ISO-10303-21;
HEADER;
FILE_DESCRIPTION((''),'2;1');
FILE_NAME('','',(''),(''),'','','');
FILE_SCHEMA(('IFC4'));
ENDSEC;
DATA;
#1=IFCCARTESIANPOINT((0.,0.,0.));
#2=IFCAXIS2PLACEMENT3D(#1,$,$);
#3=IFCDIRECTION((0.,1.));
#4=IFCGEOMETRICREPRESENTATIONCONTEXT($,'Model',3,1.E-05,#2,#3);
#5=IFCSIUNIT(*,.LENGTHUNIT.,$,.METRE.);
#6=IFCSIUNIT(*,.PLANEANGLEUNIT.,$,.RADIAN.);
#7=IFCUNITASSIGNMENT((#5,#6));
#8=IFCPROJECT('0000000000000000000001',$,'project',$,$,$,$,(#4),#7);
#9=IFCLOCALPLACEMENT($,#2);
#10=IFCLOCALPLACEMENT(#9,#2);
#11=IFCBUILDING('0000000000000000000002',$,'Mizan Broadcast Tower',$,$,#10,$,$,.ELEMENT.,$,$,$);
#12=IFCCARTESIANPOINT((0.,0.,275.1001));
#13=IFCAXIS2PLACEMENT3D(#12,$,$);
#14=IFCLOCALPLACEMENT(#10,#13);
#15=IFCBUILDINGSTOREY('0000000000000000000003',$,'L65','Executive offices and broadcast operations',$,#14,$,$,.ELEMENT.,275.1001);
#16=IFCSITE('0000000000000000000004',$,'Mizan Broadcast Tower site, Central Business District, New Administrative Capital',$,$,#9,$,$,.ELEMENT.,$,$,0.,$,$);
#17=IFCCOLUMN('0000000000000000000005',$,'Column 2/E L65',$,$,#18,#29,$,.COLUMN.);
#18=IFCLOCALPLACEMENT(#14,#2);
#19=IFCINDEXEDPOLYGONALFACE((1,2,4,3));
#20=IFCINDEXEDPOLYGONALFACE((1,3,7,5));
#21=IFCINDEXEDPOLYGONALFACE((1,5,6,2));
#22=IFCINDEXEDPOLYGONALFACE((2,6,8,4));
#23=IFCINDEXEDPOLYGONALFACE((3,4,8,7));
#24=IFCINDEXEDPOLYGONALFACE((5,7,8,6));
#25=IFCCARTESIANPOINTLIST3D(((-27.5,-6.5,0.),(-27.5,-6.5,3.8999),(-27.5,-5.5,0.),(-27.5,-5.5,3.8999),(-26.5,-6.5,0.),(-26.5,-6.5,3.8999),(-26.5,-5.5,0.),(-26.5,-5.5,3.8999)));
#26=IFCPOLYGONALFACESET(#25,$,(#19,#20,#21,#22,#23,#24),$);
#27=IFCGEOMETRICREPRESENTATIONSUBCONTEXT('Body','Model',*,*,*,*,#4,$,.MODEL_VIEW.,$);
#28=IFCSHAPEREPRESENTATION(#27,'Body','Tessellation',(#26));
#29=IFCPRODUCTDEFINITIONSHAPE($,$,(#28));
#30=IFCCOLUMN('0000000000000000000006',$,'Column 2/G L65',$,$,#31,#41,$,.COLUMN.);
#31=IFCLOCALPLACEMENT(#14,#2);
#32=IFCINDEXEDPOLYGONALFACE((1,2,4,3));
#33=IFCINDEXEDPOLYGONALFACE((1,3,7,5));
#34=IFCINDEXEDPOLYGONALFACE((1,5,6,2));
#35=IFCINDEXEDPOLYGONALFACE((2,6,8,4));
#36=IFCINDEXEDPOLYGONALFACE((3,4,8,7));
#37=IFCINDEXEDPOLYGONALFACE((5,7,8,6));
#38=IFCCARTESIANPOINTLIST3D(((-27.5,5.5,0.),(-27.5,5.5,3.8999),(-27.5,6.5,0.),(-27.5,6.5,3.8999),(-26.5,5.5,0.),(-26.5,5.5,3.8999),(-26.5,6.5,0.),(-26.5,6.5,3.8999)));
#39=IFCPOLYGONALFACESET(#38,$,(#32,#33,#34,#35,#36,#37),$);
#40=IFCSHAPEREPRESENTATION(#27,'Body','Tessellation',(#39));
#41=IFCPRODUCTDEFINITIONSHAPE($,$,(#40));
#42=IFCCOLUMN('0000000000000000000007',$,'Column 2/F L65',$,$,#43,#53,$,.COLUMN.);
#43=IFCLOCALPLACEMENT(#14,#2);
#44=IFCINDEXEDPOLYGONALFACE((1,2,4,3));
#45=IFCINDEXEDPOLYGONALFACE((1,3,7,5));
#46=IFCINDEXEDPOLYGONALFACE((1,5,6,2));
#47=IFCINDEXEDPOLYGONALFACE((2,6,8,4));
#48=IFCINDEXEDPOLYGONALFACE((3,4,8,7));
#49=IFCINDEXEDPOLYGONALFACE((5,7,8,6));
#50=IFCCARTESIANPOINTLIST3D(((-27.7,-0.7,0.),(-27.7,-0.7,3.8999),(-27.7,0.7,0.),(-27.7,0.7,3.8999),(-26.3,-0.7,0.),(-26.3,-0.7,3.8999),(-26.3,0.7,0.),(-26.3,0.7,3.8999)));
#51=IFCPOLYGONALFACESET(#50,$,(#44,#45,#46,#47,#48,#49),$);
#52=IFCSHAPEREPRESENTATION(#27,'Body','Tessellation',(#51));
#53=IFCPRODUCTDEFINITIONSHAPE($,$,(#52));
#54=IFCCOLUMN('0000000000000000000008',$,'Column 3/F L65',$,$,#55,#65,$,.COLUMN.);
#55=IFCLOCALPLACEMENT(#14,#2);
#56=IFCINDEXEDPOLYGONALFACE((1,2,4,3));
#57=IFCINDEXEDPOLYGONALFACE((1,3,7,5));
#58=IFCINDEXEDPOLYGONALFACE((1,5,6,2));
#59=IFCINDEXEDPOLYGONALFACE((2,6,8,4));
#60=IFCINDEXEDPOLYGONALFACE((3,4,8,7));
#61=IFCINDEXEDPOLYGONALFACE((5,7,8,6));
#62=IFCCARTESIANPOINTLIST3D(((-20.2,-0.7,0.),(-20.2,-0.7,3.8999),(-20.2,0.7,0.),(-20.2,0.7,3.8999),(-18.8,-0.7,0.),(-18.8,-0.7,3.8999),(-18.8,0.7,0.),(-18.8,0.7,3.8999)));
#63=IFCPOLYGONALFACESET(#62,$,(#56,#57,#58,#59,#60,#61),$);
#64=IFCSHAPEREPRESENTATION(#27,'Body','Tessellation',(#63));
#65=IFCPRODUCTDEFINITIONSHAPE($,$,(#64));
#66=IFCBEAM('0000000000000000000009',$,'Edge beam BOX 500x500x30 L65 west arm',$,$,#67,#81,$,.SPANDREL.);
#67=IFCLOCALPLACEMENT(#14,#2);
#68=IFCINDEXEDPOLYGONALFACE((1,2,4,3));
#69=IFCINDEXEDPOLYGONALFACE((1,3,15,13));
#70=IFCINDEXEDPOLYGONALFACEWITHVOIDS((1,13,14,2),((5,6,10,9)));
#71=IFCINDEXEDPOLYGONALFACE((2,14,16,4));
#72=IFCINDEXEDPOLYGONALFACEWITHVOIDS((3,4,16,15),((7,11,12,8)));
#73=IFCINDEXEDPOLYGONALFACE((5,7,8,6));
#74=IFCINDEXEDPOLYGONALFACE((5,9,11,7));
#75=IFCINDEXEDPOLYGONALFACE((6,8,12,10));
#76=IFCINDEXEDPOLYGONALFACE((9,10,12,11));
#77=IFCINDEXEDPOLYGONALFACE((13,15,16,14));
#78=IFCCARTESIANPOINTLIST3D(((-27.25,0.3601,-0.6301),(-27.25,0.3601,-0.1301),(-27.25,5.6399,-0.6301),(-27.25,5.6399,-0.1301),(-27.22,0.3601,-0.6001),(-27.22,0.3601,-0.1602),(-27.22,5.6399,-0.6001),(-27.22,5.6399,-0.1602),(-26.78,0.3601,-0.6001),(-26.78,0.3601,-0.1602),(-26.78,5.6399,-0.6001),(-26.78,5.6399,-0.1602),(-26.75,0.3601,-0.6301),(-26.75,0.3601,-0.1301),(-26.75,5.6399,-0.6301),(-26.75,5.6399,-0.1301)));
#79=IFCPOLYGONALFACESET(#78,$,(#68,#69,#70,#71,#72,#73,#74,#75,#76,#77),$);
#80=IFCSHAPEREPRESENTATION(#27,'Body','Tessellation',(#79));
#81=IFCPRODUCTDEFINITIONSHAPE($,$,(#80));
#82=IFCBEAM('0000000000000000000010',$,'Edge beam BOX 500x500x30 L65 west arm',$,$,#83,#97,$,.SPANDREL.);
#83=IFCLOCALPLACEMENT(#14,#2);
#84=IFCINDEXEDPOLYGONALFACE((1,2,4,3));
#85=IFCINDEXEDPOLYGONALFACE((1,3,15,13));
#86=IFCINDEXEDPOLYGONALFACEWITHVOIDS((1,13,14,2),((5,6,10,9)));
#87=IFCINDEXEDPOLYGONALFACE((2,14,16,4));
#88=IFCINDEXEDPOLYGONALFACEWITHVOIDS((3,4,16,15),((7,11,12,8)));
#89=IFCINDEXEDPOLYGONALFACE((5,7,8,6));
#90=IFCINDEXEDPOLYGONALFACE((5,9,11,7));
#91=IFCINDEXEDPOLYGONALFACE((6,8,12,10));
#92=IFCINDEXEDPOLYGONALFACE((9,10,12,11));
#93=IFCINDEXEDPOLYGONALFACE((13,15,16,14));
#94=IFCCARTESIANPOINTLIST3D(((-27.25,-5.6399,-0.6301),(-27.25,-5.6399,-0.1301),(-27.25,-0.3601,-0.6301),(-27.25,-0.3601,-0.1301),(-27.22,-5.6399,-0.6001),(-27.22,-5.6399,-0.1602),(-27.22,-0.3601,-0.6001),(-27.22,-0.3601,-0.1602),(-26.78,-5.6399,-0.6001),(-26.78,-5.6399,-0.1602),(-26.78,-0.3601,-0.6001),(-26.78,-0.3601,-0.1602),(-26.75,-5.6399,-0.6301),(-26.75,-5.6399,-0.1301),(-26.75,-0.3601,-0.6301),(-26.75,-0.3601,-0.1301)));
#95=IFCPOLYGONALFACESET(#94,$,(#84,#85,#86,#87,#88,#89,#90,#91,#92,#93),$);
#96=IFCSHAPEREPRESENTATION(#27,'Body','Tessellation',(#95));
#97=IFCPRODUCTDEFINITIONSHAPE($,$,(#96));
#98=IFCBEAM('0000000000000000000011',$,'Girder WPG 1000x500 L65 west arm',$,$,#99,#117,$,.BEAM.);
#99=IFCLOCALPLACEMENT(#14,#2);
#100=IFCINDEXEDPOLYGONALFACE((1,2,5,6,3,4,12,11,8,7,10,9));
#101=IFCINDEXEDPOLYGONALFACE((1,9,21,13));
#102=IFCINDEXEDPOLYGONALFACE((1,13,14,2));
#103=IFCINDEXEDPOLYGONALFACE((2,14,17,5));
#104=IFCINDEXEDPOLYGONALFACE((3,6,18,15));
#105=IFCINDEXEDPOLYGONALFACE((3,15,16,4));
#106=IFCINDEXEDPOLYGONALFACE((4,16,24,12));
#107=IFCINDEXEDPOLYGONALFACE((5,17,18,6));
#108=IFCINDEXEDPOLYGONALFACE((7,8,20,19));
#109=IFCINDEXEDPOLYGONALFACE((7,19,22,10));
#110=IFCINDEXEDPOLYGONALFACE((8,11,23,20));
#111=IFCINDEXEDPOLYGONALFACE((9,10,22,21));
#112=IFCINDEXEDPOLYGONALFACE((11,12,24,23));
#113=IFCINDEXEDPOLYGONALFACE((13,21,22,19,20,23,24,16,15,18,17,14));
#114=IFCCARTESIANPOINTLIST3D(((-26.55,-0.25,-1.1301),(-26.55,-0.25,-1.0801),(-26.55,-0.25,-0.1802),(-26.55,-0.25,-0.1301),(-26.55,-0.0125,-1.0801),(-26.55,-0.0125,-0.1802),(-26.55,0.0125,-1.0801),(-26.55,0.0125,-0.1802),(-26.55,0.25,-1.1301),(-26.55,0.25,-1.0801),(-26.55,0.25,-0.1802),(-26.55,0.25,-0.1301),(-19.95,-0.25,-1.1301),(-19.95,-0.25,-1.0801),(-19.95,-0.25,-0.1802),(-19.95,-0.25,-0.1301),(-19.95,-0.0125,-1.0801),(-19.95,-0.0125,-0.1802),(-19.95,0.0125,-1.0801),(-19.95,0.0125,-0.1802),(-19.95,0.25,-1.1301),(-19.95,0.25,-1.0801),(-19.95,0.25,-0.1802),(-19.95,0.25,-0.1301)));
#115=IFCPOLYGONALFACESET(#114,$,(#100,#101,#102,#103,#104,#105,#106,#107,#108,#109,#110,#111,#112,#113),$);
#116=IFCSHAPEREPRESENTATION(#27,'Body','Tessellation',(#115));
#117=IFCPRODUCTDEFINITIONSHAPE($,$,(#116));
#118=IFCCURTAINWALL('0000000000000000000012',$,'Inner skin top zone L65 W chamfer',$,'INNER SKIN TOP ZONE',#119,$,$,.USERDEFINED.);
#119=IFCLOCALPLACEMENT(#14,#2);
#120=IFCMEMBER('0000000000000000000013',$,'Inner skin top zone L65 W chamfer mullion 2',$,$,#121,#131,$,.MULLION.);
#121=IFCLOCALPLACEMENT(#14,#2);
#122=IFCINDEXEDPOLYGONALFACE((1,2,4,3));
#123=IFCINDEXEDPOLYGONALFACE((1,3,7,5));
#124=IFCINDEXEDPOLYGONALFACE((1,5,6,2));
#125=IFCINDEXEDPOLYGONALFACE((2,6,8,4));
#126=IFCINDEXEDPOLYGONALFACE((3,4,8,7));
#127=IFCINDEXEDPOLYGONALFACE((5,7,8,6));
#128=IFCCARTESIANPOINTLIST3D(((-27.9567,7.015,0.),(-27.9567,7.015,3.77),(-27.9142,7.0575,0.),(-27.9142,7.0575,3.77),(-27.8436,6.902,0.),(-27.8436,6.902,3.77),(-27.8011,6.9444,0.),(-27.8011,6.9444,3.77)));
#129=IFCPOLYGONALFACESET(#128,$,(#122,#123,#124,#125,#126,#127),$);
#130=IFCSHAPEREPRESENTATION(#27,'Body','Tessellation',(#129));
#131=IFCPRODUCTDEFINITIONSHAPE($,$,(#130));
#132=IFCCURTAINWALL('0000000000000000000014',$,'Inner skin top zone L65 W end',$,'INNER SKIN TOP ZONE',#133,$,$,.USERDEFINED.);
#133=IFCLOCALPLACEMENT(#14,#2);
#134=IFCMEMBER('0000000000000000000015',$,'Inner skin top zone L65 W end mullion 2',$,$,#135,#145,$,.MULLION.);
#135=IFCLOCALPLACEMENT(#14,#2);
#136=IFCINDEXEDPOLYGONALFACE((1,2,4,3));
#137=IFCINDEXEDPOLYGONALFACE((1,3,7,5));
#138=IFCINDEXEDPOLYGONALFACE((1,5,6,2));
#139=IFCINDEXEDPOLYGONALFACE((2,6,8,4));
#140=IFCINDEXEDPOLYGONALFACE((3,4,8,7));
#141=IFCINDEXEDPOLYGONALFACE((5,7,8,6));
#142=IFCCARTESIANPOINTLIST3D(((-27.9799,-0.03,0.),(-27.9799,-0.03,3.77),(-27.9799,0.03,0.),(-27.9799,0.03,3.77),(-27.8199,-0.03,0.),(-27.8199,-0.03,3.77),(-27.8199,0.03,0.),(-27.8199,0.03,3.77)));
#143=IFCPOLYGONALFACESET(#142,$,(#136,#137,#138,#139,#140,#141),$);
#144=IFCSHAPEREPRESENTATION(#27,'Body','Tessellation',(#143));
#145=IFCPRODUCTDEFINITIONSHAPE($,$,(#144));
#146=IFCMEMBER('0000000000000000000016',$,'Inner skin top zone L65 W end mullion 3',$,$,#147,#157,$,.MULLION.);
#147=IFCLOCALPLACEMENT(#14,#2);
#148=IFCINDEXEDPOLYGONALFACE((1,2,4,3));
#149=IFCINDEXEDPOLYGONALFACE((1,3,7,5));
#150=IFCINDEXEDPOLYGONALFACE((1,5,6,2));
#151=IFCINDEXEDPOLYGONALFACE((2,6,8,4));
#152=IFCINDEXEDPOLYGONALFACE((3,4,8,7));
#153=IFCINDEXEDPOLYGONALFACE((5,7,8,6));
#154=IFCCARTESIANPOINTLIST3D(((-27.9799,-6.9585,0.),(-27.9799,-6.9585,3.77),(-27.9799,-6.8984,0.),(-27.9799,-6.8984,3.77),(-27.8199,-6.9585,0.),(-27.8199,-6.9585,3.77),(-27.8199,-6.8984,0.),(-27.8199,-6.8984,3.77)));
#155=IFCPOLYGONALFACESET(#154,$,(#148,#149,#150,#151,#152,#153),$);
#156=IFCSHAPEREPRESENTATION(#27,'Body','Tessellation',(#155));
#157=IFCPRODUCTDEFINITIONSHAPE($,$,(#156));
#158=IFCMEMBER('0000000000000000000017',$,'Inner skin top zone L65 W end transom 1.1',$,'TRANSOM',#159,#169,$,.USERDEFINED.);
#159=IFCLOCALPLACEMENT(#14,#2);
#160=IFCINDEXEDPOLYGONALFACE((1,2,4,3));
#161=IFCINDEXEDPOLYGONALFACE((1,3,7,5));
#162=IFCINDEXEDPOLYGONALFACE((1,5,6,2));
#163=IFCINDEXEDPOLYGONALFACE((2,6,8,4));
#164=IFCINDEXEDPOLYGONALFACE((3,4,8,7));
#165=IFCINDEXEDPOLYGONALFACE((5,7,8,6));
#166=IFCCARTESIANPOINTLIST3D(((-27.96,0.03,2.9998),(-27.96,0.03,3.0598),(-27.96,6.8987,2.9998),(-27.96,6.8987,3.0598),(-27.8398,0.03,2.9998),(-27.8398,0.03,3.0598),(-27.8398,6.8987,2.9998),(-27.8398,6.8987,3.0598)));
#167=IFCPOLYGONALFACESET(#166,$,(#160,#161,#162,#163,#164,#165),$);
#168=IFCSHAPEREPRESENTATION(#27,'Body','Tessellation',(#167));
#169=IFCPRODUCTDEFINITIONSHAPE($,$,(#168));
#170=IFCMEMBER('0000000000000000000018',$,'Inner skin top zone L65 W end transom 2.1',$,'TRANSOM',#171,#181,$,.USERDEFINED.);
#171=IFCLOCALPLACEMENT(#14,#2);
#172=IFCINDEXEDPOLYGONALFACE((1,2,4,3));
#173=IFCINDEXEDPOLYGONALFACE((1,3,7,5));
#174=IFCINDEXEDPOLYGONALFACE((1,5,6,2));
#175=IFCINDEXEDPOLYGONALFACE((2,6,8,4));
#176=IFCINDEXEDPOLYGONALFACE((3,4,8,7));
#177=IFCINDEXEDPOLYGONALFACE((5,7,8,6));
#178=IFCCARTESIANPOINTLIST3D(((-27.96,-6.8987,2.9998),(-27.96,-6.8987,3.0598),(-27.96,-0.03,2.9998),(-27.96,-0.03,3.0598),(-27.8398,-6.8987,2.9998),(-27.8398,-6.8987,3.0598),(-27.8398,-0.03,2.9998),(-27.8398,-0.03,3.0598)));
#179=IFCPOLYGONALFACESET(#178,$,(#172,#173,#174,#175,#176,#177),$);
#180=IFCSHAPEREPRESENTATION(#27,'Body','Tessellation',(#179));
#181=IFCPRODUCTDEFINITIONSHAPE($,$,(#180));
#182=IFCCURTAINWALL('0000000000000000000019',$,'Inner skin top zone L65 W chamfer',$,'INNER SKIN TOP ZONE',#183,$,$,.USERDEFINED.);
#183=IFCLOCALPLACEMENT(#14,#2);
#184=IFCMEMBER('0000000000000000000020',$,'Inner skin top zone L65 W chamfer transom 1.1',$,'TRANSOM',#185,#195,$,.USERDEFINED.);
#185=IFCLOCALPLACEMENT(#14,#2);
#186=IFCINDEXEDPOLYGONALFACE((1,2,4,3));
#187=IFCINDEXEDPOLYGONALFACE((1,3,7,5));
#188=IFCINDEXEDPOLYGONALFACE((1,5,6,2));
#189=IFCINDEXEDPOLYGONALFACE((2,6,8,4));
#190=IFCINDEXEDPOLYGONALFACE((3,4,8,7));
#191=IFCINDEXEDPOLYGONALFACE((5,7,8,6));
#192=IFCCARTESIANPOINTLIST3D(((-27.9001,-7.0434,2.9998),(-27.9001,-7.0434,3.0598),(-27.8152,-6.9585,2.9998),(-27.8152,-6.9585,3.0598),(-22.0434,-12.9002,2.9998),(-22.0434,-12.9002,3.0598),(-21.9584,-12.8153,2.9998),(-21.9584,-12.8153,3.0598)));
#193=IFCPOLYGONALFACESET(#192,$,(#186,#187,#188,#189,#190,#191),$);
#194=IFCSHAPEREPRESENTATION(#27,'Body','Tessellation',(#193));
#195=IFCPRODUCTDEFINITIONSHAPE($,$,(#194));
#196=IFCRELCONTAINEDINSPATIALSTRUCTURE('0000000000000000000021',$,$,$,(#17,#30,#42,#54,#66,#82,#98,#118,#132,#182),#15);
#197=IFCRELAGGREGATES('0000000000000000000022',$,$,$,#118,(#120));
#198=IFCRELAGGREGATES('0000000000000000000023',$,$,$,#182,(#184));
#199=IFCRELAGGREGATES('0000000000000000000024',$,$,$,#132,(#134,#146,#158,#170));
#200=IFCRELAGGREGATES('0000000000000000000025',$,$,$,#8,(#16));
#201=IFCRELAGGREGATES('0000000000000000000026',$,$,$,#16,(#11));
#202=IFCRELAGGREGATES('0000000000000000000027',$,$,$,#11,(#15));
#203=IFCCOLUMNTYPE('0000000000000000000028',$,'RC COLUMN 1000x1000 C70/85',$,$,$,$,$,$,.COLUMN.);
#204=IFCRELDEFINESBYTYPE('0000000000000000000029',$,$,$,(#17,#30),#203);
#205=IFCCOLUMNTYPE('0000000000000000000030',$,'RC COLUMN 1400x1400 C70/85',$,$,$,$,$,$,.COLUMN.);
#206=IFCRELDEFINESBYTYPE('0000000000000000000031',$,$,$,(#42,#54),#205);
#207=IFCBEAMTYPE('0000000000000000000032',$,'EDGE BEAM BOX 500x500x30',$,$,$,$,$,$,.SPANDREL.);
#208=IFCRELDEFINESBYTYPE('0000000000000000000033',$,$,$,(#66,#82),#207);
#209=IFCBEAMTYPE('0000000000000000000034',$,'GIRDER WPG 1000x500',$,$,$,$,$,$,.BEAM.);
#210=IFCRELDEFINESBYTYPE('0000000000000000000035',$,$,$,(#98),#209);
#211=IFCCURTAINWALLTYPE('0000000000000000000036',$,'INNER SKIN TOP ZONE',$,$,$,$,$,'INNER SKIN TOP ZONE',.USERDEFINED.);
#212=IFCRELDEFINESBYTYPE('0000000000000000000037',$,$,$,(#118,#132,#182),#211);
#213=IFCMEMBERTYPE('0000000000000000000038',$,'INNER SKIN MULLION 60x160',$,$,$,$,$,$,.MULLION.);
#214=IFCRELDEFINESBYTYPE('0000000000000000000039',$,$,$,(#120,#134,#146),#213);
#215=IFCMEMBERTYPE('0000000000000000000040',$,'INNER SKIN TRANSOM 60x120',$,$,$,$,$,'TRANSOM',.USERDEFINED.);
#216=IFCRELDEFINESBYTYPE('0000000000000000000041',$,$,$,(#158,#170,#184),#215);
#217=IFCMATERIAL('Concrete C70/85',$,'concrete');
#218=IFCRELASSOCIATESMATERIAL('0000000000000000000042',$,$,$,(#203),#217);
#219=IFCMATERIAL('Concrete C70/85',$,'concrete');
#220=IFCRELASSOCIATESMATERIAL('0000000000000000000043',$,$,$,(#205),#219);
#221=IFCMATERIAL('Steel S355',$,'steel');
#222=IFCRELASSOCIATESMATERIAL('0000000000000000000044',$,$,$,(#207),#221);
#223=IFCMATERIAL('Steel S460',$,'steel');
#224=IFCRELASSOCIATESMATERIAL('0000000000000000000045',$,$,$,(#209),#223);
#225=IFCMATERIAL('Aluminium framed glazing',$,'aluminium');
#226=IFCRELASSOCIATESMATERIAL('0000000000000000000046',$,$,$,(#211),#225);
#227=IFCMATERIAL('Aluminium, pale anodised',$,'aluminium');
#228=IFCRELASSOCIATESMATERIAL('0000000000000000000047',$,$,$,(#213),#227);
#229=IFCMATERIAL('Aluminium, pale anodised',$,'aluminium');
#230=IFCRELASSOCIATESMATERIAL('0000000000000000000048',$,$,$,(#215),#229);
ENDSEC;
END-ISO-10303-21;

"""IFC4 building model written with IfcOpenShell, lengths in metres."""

from ifc_helpers import new_model, si_unit, direction, frame, origin, origin_2d, place, context, subcontext, project, spatial, rectangle, hollow_rectangle, i_section, extrude, material, material_profile, profile_set, type_object, element, aggregate, save


model = new_model("IFC4")

# Units and contexts
model_context = context("Model", 3, precision=1e-05, world=origin(), true_north=direction((0.0, 1.0)))
body_context = subcontext(model_context, "Body", "Model", "MODEL_VIEW")
ifc_project = project(units=[si_unit("LENGTHUNIT", "METRE"), si_unit("PLANEANGLEUNIT", "RADIAN")], contexts=[model_context])

# Site, building, storey
site_placement = place(None, origin())
site = spatial("IfcSite", under=ifc_project, at=site_placement, Name="Mizan Broadcast Tower site, Central Business District, New Administrative Capital", CompositionType="ELEMENT", RefElevation=0.0)
building_placement = place(site_placement, origin())
building = spatial("IfcBuilding", under=site, at=building_placement, Name="Mizan Broadcast Tower", CompositionType="ELEMENT")
storey_placement = place(building_placement, frame((0.0, 0.0, 275.1001)))
storey = spatial("IfcBuildingStorey", under=building, at=storey_placement, Name="L65", Description="Executive offices and broadcast operations", CompositionType="ELEMENT", Elevation=275.1001)

# Columns
ifc_material_1 = material(Name="Concrete C70/85", Category="concrete")
ifc_material_profile_1 = material_profile(ifc_material_1, rectangle(XDim=1.0, YDim=1.0, at=origin_2d()), Name="RC 1000x1000")
ifc_profile_set_1 = profile_set([ifc_material_profile_1], Name="Concrete C70/85")
column_type_1 = type_object("IfcColumnType", Name="RC COLUMN 1000x1000 C70/85", PredefinedType="COLUMN", material=ifc_profile_set_1)
for number, where, z_axis, x_axis, name in (
    (1, (-27.0, -6.0, 0.0), (0.0, 0.0, 1.0), (1.0, 0.0, 0.0), "Column 2/E L65"),
    (2, (-27.0, 6.0, 0.0), (0.0, 0.0, 1.0), (1.0, 0.0, 0.0), "Column 2/G L65"),
):
    element("IfcColumn", number, at=place(storey_placement, frame(where, z_axis=z_axis, x_axis=x_axis)), inside=storey, type_object=column_type_1, Name=name, PredefinedType="COLUMN", context=body_context, shape_type="SweptSolid", body=[
        extrude(rectangle(XDim=1.0, YDim=1.0, at=origin_2d()), origin(), (0.0, 0.0, 1.0), 3.8999),
    ])
ifc_material_2 = material(Name="Concrete C70/85", Category="concrete")
ifc_material_profile_2 = material_profile(ifc_material_2, rectangle(XDim=1.3999, YDim=1.3999, at=origin_2d()), Name="RC 1400x1400")
ifc_profile_set_2 = profile_set([ifc_material_profile_2], Name="Concrete C70/85")
column_type_2 = type_object("IfcColumnType", Name="RC COLUMN 1400x1400 C70/85", PredefinedType="COLUMN", material=ifc_profile_set_2)
for number, where, z_axis, x_axis, name in (
    (3, (-27.0, 0.0, 0.0), (0.0, 0.0, 1.0), (1.0, 0.0, 0.0), "Column 2/F L65"),
    (4, (-19.5, 0.0, 0.0), (0.0, 0.0, 1.0), (1.0, 0.0, 0.0), "Column 3/F L65"),
):
    element("IfcColumn", number, at=place(storey_placement, frame(where, z_axis=z_axis, x_axis=x_axis)), inside=storey, type_object=column_type_2, Name=name, PredefinedType="COLUMN", context=body_context, shape_type="SweptSolid", body=[
        extrude(rectangle(XDim=1.3999, YDim=1.3999, at=origin_2d()), origin(), (0.0, 0.0, 1.0), 3.8999),
    ])

# Beams
ifc_material_3 = material(Name="Steel S355", Category="steel")
ifc_material_profile_3 = material_profile(ifc_material_3, hollow_rectangle(XDim=0.5, YDim=0.5, WallThickness=0.03, at=origin_2d()), Name="BOX 500x500x30")
ifc_profile_set_3 = profile_set([ifc_material_profile_3], Name="Steel S355")
beam_type_1 = type_object("IfcBeamType", Name="EDGE BEAM BOX 500x500x30", PredefinedType="SPANDREL", material=ifc_profile_set_3)
for number, where, z_axis, x_axis, name in (
    (5, (-27.0, 5.6399, -0.3801), (0.0, -1.0, 0.0), (1.0, 0.0, 0.0), "Edge beam BOX 500x500x30 L65 west arm"),
    (6, (-27.0, -5.6399, -0.3801), (0.0, 1.0, 0.0), (-1.0, 0.0, 0.0), "Edge beam BOX 500x500x30 L65 west arm"),
):
    element("IfcBeam", number, at=place(storey_placement, frame(where, z_axis=z_axis, x_axis=x_axis)), inside=storey, type_object=beam_type_1, Name=name, PredefinedType="SPANDREL", context=body_context, shape_type="SweptSolid", body=[
        extrude(hollow_rectangle(XDim=0.5, YDim=0.5, WallThickness=0.03, at=origin_2d()), origin(), (0.0, 0.0, 1.0), 5.2798),
    ])
ifc_material_4 = material(Name="Steel S460", Category="steel")
ifc_material_profile_4 = material_profile(ifc_material_4, i_section(OverallWidth=0.5, OverallDepth=1.0, WebThickness=0.0249, FlangeThickness=0.05, at=origin_2d()), Name="WPG 1000x500")
ifc_profile_set_4 = profile_set([ifc_material_profile_4], Name="Steel S460")
beam_type_2 = type_object("IfcBeamType", Name="GIRDER WPG 1000x500", PredefinedType="BEAM", material=ifc_profile_set_4)
beam_placement = place(storey_placement, frame((-19.95, 0.0, -0.6301), z_axis=(-1.0, 0.0, 0.0), x_axis=(0.0, -1.0, 0.0)))
element("IfcBeam", 7, at=beam_placement, inside=storey, type_object=beam_type_2, Name="Girder WPG 1000x500 L65 west arm", PredefinedType="BEAM", context=body_context, shape_type="SweptSolid", body=[
    extrude(i_section(OverallWidth=0.5, OverallDepth=1.0, WebThickness=0.0249, FlangeThickness=0.05, at=origin_2d()), origin(), (0.0, 0.0, 1.0), 6.6001),
])

# Curtain wall, member
ifc_material_5 = material(Name="Aluminium framed glazing", Category="aluminium")
curtain_wall_type_1 = type_object("IfcCurtainWallType", Name="INNER SKIN TOP ZONE", ElementType="INNER SKIN TOP ZONE", PredefinedType="USERDEFINED", material=ifc_material_5)
curtain_wall_1_placement = place(storey_placement, origin())
curtain_wall_1 = element("IfcCurtainWall", 8, at=curtain_wall_1_placement, inside=storey, type_object=curtain_wall_type_1, Name="Inner skin top zone L65 W chamfer", ObjectType="INNER SKIN TOP ZONE", PredefinedType="USERDEFINED")
ifc_material_6 = material(Name="Aluminium, pale anodised", Category="aluminium")
ifc_material_profile_5 = material_profile(ifc_material_6, rectangle(XDim=0.1599, YDim=0.0601, at=origin_2d()), Name="MULLION 160x60")
ifc_profile_set_5 = profile_set([ifc_material_profile_5], Name="Aluminium, pale anodised")
member_type_1 = type_object("IfcMemberType", Name="INNER SKIN MULLION 60x160", PredefinedType="MULLION", material=ifc_profile_set_5)
member_1_placement = place(storey_placement, frame((-27.8789, 6.9797, 0.0), z_axis=(0.0, 0.0, 1.0), x_axis=(0.707107, -0.707107, 0.0)))
member_1 = element("IfcMember", 9, at=member_1_placement, type_object=member_type_1, Name="Inner skin top zone L65 W chamfer mullion 2", PredefinedType="MULLION", context=body_context, shape_type="SweptSolid", body=[
    extrude(rectangle(XDim=0.1599, YDim=0.0601, at=origin_2d()), origin(), (0.0, 0.0, 1.0), 3.77),
])
aggregate(curtain_wall_1, [member_1])

# Curtain wall, members
curtain_wall_2_placement = place(storey_placement, origin())
curtain_wall_2 = element("IfcCurtainWall", 10, at=curtain_wall_2_placement, inside=storey, type_object=curtain_wall_type_1, Name="Inner skin top zone L65 W end", ObjectType="INNER SKIN TOP ZONE", PredefinedType="USERDEFINED")
member_2_placement = place(storey_placement, frame((-27.8999, 0.0, 0.0), z_axis=(0.0, 0.0, 1.0), x_axis=(1.0, 0.0, 0.0)))
member_2 = element("IfcMember", 11, at=member_2_placement, type_object=member_type_1, Name="Inner skin top zone L65 W end mullion 2", PredefinedType="MULLION", context=body_context, shape_type="SweptSolid", body=[
    extrude(rectangle(XDim=0.1599, YDim=0.0601, at=origin_2d()), origin(), (0.0, 0.0, 1.0), 3.77),
])
member_3_placement = place(storey_placement, frame((-27.8999, -6.9285, 0.0), z_axis=(0.0, 0.0, 1.0), x_axis=(1.0, 0.0, 0.0)))
member_3 = element("IfcMember", 12, at=member_3_placement, type_object=member_type_1, Name="Inner skin top zone L65 W end mullion 3", PredefinedType="MULLION", context=body_context, shape_type="SweptSolid", body=[
    extrude(rectangle(XDim=0.1599, YDim=0.0601, at=origin_2d()), origin(), (0.0, 0.0, 1.0), 3.77),
])
ifc_material_7 = material(Name="Aluminium, pale anodised", Category="aluminium")
ifc_material_profile_6 = material_profile(ifc_material_7, rectangle(XDim=0.1201, YDim=0.0601, at=origin_2d()), Name="TRANSOM 120x60")
ifc_profile_set_6 = profile_set([ifc_material_profile_6], Name="Aluminium, pale anodised")
member_type_2 = type_object("IfcMemberType", Name="INNER SKIN TRANSOM 60x120", ElementType="TRANSOM", PredefinedType="USERDEFINED", material=ifc_profile_set_6)
member_4_placement = place(storey_placement, frame((-27.8999, 6.8987, 3.0298), z_axis=(0.0, -1.0, 0.0), x_axis=(1.0, 0.0, 0.0)))
member_4 = element("IfcMember", 13, at=member_4_placement, type_object=member_type_2, Name="Inner skin top zone L65 W end transom 1.1", ObjectType="TRANSOM", PredefinedType="USERDEFINED", context=body_context, shape_type="SweptSolid", body=[
    extrude(rectangle(XDim=0.1201, YDim=0.0601, at=origin_2d()), origin(), (0.0, 0.0, 1.0), 6.8687),
])
member_5_placement = place(storey_placement, frame((-27.8999, -0.03, 3.0298), z_axis=(0.0, -1.0, 0.0), x_axis=(1.0, 0.0, 0.0)))
member_5 = element("IfcMember", 14, at=member_5_placement, type_object=member_type_2, Name="Inner skin top zone L65 W end transom 2.1", ObjectType="TRANSOM", PredefinedType="USERDEFINED", context=body_context, shape_type="SweptSolid", body=[
    extrude(rectangle(XDim=0.1201, YDim=0.0601, at=origin_2d()), origin(), (0.0, 0.0, 1.0), 6.8687),
])

# Curtain wall, member
curtain_wall_3_placement = place(storey_placement, origin())
curtain_wall_3 = element("IfcCurtainWall", 15, at=curtain_wall_3_placement, inside=storey, type_object=curtain_wall_type_1, Name="Inner skin top zone L65 W chamfer", ObjectType="INNER SKIN TOP ZONE", PredefinedType="USERDEFINED")
member_6_placement = place(storey_placement, frame((-27.8577, -7.001, 3.0298), z_axis=(0.707107, -0.707107, 0.0), x_axis=(0.707107, 0.707107, 0.0)))
member_6 = element("IfcMember", 16, at=member_6_placement, type_object=member_type_2, Name="Inner skin top zone L65 W chamfer transom 1.1", ObjectType="TRANSOM", PredefinedType="USERDEFINED", context=body_context, shape_type="SweptSolid", body=[
    extrude(rectangle(XDim=0.1201, YDim=0.0601, at=origin_2d()), origin(), (0.0, 0.0, 1.0), 8.2827),
])
aggregate(curtain_wall_3, [member_6])

aggregate(curtain_wall_2, [member_2, member_3, member_4, member_5])

save(model, "model.ifc")
